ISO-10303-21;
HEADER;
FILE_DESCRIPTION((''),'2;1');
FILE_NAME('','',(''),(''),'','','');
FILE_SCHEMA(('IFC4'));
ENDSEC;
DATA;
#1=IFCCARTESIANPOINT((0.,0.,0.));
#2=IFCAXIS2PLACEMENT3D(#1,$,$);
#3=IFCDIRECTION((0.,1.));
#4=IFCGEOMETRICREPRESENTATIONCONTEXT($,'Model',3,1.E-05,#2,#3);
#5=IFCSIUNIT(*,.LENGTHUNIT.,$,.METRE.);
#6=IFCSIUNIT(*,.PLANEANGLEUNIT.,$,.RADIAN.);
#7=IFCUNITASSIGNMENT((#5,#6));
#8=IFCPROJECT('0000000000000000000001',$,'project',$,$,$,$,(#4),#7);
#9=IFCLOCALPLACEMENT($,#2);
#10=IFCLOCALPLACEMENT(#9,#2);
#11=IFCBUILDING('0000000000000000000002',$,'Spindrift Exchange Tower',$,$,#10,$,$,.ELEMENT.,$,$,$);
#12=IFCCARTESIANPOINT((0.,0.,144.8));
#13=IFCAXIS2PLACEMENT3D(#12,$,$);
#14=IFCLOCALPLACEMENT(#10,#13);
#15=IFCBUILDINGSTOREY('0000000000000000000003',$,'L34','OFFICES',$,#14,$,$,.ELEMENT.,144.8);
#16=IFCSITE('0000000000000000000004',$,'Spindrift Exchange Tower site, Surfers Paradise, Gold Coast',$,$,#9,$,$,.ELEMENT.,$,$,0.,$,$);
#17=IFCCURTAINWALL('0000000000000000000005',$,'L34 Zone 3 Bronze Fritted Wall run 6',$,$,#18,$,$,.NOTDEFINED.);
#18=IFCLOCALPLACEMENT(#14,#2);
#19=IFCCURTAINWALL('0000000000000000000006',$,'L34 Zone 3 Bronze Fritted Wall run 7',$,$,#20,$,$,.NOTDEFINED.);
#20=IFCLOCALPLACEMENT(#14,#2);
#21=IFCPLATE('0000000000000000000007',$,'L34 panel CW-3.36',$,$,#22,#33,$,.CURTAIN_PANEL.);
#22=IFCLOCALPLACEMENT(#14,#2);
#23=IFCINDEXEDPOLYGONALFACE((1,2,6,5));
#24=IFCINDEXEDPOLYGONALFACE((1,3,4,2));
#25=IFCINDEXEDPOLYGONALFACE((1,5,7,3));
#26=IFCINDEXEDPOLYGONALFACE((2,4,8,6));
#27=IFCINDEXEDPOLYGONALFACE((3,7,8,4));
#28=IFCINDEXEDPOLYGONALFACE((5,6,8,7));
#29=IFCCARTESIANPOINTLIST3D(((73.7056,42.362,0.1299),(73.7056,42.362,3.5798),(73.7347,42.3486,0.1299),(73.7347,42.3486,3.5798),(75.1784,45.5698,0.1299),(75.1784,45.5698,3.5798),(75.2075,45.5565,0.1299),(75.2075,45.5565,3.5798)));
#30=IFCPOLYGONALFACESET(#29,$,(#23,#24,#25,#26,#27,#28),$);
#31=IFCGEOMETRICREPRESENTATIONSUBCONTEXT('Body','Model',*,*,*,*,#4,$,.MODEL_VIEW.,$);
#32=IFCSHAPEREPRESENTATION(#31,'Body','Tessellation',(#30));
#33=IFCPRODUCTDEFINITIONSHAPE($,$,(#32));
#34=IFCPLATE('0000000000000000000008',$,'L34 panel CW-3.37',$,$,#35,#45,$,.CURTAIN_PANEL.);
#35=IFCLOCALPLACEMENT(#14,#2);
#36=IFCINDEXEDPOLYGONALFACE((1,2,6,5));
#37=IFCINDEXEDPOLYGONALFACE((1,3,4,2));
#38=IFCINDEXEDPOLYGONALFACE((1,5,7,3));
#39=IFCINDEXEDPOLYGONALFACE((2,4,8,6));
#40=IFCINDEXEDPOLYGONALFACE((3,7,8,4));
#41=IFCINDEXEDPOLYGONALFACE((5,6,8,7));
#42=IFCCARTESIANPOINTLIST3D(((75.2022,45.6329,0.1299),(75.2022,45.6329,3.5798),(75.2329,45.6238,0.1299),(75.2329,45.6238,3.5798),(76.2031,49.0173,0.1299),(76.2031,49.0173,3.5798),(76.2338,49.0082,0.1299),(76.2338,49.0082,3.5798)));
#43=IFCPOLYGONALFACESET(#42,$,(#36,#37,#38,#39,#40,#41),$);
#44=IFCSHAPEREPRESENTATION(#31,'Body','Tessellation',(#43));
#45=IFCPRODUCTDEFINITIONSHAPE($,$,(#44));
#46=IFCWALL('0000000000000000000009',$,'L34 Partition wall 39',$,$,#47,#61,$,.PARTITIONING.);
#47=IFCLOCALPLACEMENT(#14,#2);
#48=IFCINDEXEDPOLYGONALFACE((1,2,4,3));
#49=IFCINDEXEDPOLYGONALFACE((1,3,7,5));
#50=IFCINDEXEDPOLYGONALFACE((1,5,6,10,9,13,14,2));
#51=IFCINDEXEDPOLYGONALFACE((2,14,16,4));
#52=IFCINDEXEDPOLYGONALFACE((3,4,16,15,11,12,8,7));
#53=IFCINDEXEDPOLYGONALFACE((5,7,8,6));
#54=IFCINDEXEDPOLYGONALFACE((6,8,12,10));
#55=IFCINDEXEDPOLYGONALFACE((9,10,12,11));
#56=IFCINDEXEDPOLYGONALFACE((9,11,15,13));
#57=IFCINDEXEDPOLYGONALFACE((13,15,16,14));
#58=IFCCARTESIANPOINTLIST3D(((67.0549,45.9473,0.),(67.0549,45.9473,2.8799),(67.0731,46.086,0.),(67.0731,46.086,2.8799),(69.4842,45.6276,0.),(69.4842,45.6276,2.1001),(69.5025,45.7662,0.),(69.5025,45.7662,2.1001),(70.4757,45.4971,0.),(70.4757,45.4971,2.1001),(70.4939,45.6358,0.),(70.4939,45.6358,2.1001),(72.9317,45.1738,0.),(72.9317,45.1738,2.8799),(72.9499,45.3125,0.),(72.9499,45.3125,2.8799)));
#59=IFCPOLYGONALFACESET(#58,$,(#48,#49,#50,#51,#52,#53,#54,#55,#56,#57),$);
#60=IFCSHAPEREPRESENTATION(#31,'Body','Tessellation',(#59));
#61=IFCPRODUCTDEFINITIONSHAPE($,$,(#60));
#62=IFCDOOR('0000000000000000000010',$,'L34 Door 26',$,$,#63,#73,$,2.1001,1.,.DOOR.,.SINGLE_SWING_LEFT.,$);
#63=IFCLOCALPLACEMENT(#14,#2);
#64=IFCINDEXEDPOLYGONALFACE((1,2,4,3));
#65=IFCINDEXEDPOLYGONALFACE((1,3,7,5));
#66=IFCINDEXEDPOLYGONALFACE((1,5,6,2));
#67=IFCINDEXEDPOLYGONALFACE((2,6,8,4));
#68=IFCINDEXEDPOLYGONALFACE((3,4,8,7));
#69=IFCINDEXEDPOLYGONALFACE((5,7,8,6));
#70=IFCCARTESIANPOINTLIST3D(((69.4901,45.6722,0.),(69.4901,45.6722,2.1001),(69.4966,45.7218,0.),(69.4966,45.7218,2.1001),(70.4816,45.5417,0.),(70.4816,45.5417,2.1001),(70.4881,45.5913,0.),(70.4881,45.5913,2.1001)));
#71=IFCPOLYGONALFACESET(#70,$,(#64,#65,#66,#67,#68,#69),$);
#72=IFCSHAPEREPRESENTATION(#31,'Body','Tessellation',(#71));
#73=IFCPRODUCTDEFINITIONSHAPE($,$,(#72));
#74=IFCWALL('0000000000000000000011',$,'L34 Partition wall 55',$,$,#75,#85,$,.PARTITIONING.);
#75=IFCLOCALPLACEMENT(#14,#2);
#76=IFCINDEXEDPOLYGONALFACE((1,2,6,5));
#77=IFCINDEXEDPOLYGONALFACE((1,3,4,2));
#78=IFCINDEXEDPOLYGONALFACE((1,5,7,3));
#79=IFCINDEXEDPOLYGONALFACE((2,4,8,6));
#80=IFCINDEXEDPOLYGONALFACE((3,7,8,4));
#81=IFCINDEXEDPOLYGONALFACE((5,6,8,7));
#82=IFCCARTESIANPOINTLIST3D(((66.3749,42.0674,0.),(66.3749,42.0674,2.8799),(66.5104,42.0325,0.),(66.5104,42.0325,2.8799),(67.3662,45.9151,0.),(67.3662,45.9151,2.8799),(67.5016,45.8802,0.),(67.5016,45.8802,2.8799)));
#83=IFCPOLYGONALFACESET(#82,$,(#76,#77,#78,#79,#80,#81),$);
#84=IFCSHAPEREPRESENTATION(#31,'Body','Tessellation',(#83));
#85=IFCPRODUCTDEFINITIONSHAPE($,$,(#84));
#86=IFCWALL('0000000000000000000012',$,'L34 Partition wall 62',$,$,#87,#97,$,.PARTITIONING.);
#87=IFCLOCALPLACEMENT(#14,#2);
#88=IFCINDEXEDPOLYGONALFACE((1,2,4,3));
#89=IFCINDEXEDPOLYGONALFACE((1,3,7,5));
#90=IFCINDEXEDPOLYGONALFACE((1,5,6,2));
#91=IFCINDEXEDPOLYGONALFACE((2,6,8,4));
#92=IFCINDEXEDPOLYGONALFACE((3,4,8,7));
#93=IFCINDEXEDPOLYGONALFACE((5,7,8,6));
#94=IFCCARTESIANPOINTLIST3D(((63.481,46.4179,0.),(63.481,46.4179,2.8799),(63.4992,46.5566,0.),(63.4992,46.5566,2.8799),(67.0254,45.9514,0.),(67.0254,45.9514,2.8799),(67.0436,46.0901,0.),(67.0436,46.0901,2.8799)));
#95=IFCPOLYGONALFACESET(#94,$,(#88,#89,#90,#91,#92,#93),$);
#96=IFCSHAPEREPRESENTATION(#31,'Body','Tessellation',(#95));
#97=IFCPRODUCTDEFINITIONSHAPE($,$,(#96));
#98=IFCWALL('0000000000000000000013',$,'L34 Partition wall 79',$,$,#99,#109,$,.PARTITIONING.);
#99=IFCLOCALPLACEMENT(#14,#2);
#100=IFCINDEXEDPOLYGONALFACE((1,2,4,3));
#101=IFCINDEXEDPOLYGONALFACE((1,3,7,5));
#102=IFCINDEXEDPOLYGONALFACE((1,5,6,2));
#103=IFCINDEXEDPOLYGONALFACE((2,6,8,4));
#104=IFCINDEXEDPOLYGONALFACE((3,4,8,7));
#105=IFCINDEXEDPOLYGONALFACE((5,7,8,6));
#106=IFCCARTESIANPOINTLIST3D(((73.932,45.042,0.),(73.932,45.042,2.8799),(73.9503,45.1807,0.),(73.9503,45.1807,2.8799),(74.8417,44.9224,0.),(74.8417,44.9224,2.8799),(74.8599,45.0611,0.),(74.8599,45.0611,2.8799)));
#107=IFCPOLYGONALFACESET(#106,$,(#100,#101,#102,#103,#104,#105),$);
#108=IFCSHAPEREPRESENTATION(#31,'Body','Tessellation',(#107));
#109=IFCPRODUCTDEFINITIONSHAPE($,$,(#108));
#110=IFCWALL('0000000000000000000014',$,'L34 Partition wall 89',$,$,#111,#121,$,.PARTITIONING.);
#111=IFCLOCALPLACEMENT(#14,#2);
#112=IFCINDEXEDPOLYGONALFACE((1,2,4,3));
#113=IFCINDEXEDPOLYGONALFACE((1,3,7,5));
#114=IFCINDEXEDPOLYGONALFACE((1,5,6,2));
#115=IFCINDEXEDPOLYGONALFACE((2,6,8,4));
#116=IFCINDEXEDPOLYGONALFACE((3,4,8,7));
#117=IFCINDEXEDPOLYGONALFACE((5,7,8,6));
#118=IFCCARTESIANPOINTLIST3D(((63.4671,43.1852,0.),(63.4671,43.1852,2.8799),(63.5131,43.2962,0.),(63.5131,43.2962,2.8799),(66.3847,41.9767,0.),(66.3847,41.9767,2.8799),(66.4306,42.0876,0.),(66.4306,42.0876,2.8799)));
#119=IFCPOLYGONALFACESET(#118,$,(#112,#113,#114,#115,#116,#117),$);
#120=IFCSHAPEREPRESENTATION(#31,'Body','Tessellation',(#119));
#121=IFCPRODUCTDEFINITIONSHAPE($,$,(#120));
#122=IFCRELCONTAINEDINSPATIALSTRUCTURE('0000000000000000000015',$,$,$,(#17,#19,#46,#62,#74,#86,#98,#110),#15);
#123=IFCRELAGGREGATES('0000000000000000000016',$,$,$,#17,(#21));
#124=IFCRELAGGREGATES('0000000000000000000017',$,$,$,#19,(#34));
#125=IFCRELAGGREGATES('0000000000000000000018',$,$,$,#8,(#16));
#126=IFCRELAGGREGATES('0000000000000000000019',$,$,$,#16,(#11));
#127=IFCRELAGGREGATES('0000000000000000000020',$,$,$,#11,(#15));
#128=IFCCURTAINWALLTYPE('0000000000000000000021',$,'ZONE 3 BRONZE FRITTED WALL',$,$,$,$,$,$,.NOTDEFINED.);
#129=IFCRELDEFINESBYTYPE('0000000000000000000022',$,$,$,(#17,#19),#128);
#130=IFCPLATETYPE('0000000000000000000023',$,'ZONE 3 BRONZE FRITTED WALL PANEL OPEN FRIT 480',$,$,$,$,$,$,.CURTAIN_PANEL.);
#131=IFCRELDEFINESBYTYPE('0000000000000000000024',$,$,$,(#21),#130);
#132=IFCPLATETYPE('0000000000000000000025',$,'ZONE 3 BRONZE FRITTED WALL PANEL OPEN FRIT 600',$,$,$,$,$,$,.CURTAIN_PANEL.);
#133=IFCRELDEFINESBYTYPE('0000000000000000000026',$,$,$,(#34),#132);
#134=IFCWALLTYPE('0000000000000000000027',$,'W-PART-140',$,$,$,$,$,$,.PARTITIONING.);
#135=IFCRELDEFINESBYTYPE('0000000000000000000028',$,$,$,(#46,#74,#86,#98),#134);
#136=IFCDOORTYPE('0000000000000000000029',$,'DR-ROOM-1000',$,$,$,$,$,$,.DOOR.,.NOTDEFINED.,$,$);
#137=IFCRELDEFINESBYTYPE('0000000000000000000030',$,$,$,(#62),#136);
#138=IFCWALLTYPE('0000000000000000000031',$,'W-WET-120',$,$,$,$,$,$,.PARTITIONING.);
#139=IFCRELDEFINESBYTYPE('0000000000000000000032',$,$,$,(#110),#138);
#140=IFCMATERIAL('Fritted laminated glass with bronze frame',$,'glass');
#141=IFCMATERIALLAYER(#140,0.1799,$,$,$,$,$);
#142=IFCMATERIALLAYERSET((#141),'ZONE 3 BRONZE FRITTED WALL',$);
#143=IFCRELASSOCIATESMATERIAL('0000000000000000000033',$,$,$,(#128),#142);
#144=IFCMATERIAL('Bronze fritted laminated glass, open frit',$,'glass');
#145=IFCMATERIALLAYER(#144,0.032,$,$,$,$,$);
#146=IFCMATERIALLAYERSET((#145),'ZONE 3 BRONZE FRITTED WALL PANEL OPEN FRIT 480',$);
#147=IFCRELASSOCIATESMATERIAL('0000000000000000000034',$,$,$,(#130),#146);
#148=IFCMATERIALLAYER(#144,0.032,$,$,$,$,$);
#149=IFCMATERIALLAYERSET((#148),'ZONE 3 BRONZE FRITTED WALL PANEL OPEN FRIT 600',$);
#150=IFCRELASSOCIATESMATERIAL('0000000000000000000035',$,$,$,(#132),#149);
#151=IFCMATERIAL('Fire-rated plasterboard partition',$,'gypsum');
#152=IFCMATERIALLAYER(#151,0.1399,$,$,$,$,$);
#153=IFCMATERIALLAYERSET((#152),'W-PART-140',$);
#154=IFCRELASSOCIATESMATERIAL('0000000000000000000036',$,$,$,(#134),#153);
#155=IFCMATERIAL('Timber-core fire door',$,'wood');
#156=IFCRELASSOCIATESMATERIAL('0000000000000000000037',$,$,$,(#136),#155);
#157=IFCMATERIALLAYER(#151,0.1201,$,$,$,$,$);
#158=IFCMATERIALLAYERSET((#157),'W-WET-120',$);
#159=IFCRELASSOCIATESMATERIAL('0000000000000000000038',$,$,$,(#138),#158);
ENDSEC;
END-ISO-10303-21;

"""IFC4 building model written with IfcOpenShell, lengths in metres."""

from ifc_helpers import new_model, si_unit, direction, frame, frame_2d, origin, origin_2d, place, context, subcontext, project, spatial, rectangle, extrude, source, transform, mapped, material, layer, layer_set, type_object, element, fill, aggregate, save


model = new_model("IFC4")

# Units and contexts
model_context = context("Model", 3, precision=1e-05, world=origin(), true_north=direction((0.0, 1.0)))
body_context = subcontext(model_context, "Body", "Model", "MODEL_VIEW")
ifc_project = project(units=[si_unit("LENGTHUNIT", "METRE"), si_unit("PLANEANGLEUNIT", "RADIAN")], contexts=[model_context])

# Site, building, storey
site_placement = place(None, origin())
site = spatial("IfcSite", under=ifc_project, at=site_placement, Name="Spindrift Exchange Tower site, Surfers Paradise, Gold Coast", CompositionType="ELEMENT", RefElevation=0.0)
building_placement = place(site_placement, origin())
building = spatial("IfcBuilding", under=site, at=building_placement, Name="Spindrift Exchange Tower", CompositionType="ELEMENT")
storey_placement = place(building_placement, frame((0.0, 0.0, 144.8)))
storey = spatial("IfcBuildingStorey", under=building, at=storey_placement, Name="L34", Description="OFFICES", CompositionType="ELEMENT", Elevation=144.8)

# Curtain walls
ifc_material_1 = material(Name="Fritted laminated glass with bronze frame", Category="glass")
ifc_layer_1 = layer(ifc_material_1, 0.1799)
ifc_layer_set_1 = layer_set([ifc_layer_1], Name="ZONE 3 BRONZE FRITTED WALL")
curtain_wall_type = type_object("IfcCurtainWallType", Name="ZONE 3 BRONZE FRITTED WALL", PredefinedType="NOTDEFINED", material=ifc_layer_set_1)
curtain_wall_1_placement = place(storey_placement, origin())
curtain_wall_1 = element("IfcCurtainWall", 1, at=curtain_wall_1_placement, inside=storey, type_object=curtain_wall_type, Name="L34 Zone 3 Bronze Fritted Wall run 6", PredefinedType="NOTDEFINED")
curtain_wall_2_placement = place(storey_placement, origin())
curtain_wall_2 = element("IfcCurtainWall", 2, at=curtain_wall_2_placement, inside=storey, type_object=curtain_wall_type, Name="L34 Zone 3 Bronze Fritted Wall run 7", PredefinedType="NOTDEFINED")

# Plates
ifc_material_2 = material(Name="Bronze fritted laminated glass, open frit", Category="glass")
ifc_layer_2 = layer(ifc_material_2, 0.032)
ifc_layer_set_2 = layer_set([ifc_layer_2], Name="ZONE 3 BRONZE FRITTED WALL PANEL OPEN FRIT 480")
plate_type_1 = type_object("IfcPlateType", Name="ZONE 3 BRONZE FRITTED WALL PANEL OPEN FRIT 480", PredefinedType="CURTAIN_PANEL", material=ifc_layer_set_2)
shared_shape_1 = source(origin(), body_context, "Body", "SweptSolid", [
    extrude(rectangle(XDim=3.5298, YDim=0.032, at=origin_2d()), origin(), (0.0, 0.0, 1.0), 3.45),
])
plate_1_placement = place(storey_placement, frame((74.4565, 43.9592, 0.1299), z_axis=(0.0, 0.0, 1.0), x_axis=(0.417242, 0.908795, 0.0)))
plate_1 = element("IfcPlate", 3, at=plate_1_placement, type_object=plate_type_1, Name="L34 panel CW-3.36", PredefinedType="CURTAIN_PANEL", context=body_context, shape_type="MappedRepresentation", body=[
    mapped(shared_shape_1, transform((0.0, 0.0, 0.0), scale=1.0)),
])
aggregate(curtain_wall_1, [plate_1])
ifc_layer_3 = layer(ifc_material_2, 0.032)
ifc_layer_set_3 = layer_set([ifc_layer_3], Name="ZONE 3 BRONZE FRITTED WALL PANEL OPEN FRIT 600")
plate_type_2 = type_object("IfcPlateType", Name="ZONE 3 BRONZE FRITTED WALL PANEL OPEN FRIT 600", PredefinedType="CURTAIN_PANEL", material=ifc_layer_set_3)
shared_shape_2 = source(origin(), body_context, "Body", "SweptSolid", [
    extrude(rectangle(XDim=3.5293, YDim=0.032, at=origin_2d()), origin(), (0.0, 0.0, 1.0), 3.45),
])
plate_2_placement = place(storey_placement, frame((75.718, 47.3206, 0.1299), z_axis=(0.0, 0.0, 1.0), x_axis=(0.283594, 0.958945, 0.0)))
plate_2 = element("IfcPlate", 4, at=plate_2_placement, type_object=plate_type_2, Name="L34 panel CW-3.37", PredefinedType="CURTAIN_PANEL", context=body_context, shape_type="MappedRepresentation", body=[
    mapped(shared_shape_2, transform((0.0, 0.0, 0.0), scale=1.0)),
])
aggregate(curtain_wall_2, [plate_2])

# Wall, opening, door
ifc_material_3 = material(Name="Fire-rated plasterboard partition", Category="gypsum")
ifc_layer_4 = layer(ifc_material_3, 0.1399)
ifc_layer_set_4 = layer_set([ifc_layer_4], Name="W-PART-140")
wall_type_1 = type_object("IfcWallType", Name="W-PART-140", PredefinedType="PARTITIONING", material=ifc_layer_set_4)
wall_1_placement = place(storey_placement, frame((72.9409, 45.2432, 0.0), z_axis=(0.0, 0.0, 1.0), x_axis=(-0.99145, 0.130485, 0.0)))
wall_1 = element("IfcWall", 5, at=wall_1_placement, inside=storey, type_object=wall_type_1, Name="L34 Partition wall 39", PredefinedType="PARTITIONING", context=body_context, shape_type="SweptSolid", body=[
    extrude(rectangle(XDim=5.9275, YDim=0.1399, at=frame_2d((2.9639, 0.0))), origin(), (0.0, 0.0, 1.0), 2.8799),
])
opening_placement = place(wall_1_placement, frame((2.4773, 0.0, 0.0)))
opening = element("IfcOpeningElement", 6, at=opening_placement, cuts=wall_1, PredefinedType="OPENING", context=body_context, shape_type="SweptSolid", body=[
    extrude(rectangle(XDim=1.0, YDim=2.1001, at=frame_2d((0.5, 1.05))), frame((0.0, 0.0798, 0.0), z_axis=(0.0, -1.0, 0.0), x_axis=(1.0, 0.0, 0.0)), (0.0, 0.0, 1.0), 0.1599),
])
ifc_material_4 = material(Name="Timber-core fire door", Category="wood")
door_type = type_object("IfcDoorType", Name="DR-ROOM-1000", OperationType="NOTDEFINED", PredefinedType="DOOR", material=ifc_material_4)
shared_shape_3 = source(origin(), body_context, "Body", "SweptSolid", [
    extrude(rectangle(XDim=1.0, YDim=2.1001, at=frame_2d((0.5, 1.05))), frame((0.0, 0.0249, 0.0), z_axis=(0.0, -1.0, 0.0), x_axis=(1.0, 0.0, 0.0)), (0.0, 0.0, 1.0), 0.05),
])
door_placement = place(opening_placement, origin())
door = element("IfcDoor", 7, at=door_placement, inside=storey, type_object=door_type, Name="L34 Door 26", OperationType="SINGLE_SWING_LEFT", OverallHeight=2.1001, OverallWidth=1.0, PredefinedType="DOOR", context=body_context, shape_type="MappedRepresentation", body=[
    mapped(shared_shape_3, transform((0.0, 0.0, 0.0), scale=1.0)),
])
fill(opening, door)

# Walls
wall_2_placement = place(storey_placement, frame((66.4426, 42.0498, 0.0), z_axis=(0.0, 0.0, 1.0), x_axis=(0.249469, 0.968383, 0.0)))
element("IfcWall", 8, at=wall_2_placement, inside=storey, type_object=wall_type_1, Name="L34 Partition wall 55", PredefinedType="PARTITIONING", context=body_context, shape_type="SweptSolid", body=[
    extrude(rectangle(XDim=3.9734, YDim=0.1399, at=frame_2d((1.9868, 0.0))), origin(), (0.0, 0.0, 1.0), 2.8799),
])
wall_3_placement = place(storey_placement, frame((63.49, 46.4873, 0.0), z_axis=(0.0, 0.0, 1.0), x_axis=(0.991448, -0.130504, 0.0)))
element("IfcWall", 9, at=wall_3_placement, inside=storey, type_object=wall_type_1, Name="L34 Partition wall 62", PredefinedType="PARTITIONING", context=body_context, shape_type="SweptSolid", body=[
    extrude(rectangle(XDim=3.575, YDim=0.1399, at=frame_2d((1.7876, 0.0))), origin(), (0.0, 0.0, 1.0), 2.8799),
])
wall_4_placement = place(storey_placement, frame((73.9412, 45.1113, 0.0), z_axis=(0.0, 0.0, 1.0), x_axis=(0.991463, -0.130386, 0.0)))
element("IfcWall", 10, at=wall_4_placement, inside=storey, type_object=wall_type_1, Name="L34 Partition wall 79", PredefinedType="PARTITIONING", context=body_context, shape_type="SweptSolid", body=[
    extrude(rectangle(XDim=0.9175, YDim=0.1399, at=frame_2d((0.4587, 0.0))), origin(), (0.0, 0.0, 1.0), 2.8799),
])
ifc_layer_5 = layer(ifc_material_3, 0.1201)
ifc_layer_set_5 = layer_set([ifc_layer_5], Name="W-WET-120")
wall_type_2 = type_object("IfcWallType", Name="W-WET-120", PredefinedType="PARTITIONING", material=ifc_layer_set_5)
wall_5_placement = place(storey_placement, frame((63.49, 43.2407, 0.0), z_axis=(0.0, 0.0, 1.0), x_axis=(0.923875, -0.382693, 0.0)))
element("IfcWall", 11, at=wall_5_placement, inside=storey, type_object=wall_type_2, Name="L34 Partition wall 89", PredefinedType="PARTITIONING", context=body_context, shape_type="SweptSolid", body=[
    extrude(rectangle(XDim=3.158, YDim=0.1201, at=frame_2d((1.5791, 0.0))), origin(), (0.0, 0.0, 1.0), 2.8799),
])

save(model, "model.ifc")
